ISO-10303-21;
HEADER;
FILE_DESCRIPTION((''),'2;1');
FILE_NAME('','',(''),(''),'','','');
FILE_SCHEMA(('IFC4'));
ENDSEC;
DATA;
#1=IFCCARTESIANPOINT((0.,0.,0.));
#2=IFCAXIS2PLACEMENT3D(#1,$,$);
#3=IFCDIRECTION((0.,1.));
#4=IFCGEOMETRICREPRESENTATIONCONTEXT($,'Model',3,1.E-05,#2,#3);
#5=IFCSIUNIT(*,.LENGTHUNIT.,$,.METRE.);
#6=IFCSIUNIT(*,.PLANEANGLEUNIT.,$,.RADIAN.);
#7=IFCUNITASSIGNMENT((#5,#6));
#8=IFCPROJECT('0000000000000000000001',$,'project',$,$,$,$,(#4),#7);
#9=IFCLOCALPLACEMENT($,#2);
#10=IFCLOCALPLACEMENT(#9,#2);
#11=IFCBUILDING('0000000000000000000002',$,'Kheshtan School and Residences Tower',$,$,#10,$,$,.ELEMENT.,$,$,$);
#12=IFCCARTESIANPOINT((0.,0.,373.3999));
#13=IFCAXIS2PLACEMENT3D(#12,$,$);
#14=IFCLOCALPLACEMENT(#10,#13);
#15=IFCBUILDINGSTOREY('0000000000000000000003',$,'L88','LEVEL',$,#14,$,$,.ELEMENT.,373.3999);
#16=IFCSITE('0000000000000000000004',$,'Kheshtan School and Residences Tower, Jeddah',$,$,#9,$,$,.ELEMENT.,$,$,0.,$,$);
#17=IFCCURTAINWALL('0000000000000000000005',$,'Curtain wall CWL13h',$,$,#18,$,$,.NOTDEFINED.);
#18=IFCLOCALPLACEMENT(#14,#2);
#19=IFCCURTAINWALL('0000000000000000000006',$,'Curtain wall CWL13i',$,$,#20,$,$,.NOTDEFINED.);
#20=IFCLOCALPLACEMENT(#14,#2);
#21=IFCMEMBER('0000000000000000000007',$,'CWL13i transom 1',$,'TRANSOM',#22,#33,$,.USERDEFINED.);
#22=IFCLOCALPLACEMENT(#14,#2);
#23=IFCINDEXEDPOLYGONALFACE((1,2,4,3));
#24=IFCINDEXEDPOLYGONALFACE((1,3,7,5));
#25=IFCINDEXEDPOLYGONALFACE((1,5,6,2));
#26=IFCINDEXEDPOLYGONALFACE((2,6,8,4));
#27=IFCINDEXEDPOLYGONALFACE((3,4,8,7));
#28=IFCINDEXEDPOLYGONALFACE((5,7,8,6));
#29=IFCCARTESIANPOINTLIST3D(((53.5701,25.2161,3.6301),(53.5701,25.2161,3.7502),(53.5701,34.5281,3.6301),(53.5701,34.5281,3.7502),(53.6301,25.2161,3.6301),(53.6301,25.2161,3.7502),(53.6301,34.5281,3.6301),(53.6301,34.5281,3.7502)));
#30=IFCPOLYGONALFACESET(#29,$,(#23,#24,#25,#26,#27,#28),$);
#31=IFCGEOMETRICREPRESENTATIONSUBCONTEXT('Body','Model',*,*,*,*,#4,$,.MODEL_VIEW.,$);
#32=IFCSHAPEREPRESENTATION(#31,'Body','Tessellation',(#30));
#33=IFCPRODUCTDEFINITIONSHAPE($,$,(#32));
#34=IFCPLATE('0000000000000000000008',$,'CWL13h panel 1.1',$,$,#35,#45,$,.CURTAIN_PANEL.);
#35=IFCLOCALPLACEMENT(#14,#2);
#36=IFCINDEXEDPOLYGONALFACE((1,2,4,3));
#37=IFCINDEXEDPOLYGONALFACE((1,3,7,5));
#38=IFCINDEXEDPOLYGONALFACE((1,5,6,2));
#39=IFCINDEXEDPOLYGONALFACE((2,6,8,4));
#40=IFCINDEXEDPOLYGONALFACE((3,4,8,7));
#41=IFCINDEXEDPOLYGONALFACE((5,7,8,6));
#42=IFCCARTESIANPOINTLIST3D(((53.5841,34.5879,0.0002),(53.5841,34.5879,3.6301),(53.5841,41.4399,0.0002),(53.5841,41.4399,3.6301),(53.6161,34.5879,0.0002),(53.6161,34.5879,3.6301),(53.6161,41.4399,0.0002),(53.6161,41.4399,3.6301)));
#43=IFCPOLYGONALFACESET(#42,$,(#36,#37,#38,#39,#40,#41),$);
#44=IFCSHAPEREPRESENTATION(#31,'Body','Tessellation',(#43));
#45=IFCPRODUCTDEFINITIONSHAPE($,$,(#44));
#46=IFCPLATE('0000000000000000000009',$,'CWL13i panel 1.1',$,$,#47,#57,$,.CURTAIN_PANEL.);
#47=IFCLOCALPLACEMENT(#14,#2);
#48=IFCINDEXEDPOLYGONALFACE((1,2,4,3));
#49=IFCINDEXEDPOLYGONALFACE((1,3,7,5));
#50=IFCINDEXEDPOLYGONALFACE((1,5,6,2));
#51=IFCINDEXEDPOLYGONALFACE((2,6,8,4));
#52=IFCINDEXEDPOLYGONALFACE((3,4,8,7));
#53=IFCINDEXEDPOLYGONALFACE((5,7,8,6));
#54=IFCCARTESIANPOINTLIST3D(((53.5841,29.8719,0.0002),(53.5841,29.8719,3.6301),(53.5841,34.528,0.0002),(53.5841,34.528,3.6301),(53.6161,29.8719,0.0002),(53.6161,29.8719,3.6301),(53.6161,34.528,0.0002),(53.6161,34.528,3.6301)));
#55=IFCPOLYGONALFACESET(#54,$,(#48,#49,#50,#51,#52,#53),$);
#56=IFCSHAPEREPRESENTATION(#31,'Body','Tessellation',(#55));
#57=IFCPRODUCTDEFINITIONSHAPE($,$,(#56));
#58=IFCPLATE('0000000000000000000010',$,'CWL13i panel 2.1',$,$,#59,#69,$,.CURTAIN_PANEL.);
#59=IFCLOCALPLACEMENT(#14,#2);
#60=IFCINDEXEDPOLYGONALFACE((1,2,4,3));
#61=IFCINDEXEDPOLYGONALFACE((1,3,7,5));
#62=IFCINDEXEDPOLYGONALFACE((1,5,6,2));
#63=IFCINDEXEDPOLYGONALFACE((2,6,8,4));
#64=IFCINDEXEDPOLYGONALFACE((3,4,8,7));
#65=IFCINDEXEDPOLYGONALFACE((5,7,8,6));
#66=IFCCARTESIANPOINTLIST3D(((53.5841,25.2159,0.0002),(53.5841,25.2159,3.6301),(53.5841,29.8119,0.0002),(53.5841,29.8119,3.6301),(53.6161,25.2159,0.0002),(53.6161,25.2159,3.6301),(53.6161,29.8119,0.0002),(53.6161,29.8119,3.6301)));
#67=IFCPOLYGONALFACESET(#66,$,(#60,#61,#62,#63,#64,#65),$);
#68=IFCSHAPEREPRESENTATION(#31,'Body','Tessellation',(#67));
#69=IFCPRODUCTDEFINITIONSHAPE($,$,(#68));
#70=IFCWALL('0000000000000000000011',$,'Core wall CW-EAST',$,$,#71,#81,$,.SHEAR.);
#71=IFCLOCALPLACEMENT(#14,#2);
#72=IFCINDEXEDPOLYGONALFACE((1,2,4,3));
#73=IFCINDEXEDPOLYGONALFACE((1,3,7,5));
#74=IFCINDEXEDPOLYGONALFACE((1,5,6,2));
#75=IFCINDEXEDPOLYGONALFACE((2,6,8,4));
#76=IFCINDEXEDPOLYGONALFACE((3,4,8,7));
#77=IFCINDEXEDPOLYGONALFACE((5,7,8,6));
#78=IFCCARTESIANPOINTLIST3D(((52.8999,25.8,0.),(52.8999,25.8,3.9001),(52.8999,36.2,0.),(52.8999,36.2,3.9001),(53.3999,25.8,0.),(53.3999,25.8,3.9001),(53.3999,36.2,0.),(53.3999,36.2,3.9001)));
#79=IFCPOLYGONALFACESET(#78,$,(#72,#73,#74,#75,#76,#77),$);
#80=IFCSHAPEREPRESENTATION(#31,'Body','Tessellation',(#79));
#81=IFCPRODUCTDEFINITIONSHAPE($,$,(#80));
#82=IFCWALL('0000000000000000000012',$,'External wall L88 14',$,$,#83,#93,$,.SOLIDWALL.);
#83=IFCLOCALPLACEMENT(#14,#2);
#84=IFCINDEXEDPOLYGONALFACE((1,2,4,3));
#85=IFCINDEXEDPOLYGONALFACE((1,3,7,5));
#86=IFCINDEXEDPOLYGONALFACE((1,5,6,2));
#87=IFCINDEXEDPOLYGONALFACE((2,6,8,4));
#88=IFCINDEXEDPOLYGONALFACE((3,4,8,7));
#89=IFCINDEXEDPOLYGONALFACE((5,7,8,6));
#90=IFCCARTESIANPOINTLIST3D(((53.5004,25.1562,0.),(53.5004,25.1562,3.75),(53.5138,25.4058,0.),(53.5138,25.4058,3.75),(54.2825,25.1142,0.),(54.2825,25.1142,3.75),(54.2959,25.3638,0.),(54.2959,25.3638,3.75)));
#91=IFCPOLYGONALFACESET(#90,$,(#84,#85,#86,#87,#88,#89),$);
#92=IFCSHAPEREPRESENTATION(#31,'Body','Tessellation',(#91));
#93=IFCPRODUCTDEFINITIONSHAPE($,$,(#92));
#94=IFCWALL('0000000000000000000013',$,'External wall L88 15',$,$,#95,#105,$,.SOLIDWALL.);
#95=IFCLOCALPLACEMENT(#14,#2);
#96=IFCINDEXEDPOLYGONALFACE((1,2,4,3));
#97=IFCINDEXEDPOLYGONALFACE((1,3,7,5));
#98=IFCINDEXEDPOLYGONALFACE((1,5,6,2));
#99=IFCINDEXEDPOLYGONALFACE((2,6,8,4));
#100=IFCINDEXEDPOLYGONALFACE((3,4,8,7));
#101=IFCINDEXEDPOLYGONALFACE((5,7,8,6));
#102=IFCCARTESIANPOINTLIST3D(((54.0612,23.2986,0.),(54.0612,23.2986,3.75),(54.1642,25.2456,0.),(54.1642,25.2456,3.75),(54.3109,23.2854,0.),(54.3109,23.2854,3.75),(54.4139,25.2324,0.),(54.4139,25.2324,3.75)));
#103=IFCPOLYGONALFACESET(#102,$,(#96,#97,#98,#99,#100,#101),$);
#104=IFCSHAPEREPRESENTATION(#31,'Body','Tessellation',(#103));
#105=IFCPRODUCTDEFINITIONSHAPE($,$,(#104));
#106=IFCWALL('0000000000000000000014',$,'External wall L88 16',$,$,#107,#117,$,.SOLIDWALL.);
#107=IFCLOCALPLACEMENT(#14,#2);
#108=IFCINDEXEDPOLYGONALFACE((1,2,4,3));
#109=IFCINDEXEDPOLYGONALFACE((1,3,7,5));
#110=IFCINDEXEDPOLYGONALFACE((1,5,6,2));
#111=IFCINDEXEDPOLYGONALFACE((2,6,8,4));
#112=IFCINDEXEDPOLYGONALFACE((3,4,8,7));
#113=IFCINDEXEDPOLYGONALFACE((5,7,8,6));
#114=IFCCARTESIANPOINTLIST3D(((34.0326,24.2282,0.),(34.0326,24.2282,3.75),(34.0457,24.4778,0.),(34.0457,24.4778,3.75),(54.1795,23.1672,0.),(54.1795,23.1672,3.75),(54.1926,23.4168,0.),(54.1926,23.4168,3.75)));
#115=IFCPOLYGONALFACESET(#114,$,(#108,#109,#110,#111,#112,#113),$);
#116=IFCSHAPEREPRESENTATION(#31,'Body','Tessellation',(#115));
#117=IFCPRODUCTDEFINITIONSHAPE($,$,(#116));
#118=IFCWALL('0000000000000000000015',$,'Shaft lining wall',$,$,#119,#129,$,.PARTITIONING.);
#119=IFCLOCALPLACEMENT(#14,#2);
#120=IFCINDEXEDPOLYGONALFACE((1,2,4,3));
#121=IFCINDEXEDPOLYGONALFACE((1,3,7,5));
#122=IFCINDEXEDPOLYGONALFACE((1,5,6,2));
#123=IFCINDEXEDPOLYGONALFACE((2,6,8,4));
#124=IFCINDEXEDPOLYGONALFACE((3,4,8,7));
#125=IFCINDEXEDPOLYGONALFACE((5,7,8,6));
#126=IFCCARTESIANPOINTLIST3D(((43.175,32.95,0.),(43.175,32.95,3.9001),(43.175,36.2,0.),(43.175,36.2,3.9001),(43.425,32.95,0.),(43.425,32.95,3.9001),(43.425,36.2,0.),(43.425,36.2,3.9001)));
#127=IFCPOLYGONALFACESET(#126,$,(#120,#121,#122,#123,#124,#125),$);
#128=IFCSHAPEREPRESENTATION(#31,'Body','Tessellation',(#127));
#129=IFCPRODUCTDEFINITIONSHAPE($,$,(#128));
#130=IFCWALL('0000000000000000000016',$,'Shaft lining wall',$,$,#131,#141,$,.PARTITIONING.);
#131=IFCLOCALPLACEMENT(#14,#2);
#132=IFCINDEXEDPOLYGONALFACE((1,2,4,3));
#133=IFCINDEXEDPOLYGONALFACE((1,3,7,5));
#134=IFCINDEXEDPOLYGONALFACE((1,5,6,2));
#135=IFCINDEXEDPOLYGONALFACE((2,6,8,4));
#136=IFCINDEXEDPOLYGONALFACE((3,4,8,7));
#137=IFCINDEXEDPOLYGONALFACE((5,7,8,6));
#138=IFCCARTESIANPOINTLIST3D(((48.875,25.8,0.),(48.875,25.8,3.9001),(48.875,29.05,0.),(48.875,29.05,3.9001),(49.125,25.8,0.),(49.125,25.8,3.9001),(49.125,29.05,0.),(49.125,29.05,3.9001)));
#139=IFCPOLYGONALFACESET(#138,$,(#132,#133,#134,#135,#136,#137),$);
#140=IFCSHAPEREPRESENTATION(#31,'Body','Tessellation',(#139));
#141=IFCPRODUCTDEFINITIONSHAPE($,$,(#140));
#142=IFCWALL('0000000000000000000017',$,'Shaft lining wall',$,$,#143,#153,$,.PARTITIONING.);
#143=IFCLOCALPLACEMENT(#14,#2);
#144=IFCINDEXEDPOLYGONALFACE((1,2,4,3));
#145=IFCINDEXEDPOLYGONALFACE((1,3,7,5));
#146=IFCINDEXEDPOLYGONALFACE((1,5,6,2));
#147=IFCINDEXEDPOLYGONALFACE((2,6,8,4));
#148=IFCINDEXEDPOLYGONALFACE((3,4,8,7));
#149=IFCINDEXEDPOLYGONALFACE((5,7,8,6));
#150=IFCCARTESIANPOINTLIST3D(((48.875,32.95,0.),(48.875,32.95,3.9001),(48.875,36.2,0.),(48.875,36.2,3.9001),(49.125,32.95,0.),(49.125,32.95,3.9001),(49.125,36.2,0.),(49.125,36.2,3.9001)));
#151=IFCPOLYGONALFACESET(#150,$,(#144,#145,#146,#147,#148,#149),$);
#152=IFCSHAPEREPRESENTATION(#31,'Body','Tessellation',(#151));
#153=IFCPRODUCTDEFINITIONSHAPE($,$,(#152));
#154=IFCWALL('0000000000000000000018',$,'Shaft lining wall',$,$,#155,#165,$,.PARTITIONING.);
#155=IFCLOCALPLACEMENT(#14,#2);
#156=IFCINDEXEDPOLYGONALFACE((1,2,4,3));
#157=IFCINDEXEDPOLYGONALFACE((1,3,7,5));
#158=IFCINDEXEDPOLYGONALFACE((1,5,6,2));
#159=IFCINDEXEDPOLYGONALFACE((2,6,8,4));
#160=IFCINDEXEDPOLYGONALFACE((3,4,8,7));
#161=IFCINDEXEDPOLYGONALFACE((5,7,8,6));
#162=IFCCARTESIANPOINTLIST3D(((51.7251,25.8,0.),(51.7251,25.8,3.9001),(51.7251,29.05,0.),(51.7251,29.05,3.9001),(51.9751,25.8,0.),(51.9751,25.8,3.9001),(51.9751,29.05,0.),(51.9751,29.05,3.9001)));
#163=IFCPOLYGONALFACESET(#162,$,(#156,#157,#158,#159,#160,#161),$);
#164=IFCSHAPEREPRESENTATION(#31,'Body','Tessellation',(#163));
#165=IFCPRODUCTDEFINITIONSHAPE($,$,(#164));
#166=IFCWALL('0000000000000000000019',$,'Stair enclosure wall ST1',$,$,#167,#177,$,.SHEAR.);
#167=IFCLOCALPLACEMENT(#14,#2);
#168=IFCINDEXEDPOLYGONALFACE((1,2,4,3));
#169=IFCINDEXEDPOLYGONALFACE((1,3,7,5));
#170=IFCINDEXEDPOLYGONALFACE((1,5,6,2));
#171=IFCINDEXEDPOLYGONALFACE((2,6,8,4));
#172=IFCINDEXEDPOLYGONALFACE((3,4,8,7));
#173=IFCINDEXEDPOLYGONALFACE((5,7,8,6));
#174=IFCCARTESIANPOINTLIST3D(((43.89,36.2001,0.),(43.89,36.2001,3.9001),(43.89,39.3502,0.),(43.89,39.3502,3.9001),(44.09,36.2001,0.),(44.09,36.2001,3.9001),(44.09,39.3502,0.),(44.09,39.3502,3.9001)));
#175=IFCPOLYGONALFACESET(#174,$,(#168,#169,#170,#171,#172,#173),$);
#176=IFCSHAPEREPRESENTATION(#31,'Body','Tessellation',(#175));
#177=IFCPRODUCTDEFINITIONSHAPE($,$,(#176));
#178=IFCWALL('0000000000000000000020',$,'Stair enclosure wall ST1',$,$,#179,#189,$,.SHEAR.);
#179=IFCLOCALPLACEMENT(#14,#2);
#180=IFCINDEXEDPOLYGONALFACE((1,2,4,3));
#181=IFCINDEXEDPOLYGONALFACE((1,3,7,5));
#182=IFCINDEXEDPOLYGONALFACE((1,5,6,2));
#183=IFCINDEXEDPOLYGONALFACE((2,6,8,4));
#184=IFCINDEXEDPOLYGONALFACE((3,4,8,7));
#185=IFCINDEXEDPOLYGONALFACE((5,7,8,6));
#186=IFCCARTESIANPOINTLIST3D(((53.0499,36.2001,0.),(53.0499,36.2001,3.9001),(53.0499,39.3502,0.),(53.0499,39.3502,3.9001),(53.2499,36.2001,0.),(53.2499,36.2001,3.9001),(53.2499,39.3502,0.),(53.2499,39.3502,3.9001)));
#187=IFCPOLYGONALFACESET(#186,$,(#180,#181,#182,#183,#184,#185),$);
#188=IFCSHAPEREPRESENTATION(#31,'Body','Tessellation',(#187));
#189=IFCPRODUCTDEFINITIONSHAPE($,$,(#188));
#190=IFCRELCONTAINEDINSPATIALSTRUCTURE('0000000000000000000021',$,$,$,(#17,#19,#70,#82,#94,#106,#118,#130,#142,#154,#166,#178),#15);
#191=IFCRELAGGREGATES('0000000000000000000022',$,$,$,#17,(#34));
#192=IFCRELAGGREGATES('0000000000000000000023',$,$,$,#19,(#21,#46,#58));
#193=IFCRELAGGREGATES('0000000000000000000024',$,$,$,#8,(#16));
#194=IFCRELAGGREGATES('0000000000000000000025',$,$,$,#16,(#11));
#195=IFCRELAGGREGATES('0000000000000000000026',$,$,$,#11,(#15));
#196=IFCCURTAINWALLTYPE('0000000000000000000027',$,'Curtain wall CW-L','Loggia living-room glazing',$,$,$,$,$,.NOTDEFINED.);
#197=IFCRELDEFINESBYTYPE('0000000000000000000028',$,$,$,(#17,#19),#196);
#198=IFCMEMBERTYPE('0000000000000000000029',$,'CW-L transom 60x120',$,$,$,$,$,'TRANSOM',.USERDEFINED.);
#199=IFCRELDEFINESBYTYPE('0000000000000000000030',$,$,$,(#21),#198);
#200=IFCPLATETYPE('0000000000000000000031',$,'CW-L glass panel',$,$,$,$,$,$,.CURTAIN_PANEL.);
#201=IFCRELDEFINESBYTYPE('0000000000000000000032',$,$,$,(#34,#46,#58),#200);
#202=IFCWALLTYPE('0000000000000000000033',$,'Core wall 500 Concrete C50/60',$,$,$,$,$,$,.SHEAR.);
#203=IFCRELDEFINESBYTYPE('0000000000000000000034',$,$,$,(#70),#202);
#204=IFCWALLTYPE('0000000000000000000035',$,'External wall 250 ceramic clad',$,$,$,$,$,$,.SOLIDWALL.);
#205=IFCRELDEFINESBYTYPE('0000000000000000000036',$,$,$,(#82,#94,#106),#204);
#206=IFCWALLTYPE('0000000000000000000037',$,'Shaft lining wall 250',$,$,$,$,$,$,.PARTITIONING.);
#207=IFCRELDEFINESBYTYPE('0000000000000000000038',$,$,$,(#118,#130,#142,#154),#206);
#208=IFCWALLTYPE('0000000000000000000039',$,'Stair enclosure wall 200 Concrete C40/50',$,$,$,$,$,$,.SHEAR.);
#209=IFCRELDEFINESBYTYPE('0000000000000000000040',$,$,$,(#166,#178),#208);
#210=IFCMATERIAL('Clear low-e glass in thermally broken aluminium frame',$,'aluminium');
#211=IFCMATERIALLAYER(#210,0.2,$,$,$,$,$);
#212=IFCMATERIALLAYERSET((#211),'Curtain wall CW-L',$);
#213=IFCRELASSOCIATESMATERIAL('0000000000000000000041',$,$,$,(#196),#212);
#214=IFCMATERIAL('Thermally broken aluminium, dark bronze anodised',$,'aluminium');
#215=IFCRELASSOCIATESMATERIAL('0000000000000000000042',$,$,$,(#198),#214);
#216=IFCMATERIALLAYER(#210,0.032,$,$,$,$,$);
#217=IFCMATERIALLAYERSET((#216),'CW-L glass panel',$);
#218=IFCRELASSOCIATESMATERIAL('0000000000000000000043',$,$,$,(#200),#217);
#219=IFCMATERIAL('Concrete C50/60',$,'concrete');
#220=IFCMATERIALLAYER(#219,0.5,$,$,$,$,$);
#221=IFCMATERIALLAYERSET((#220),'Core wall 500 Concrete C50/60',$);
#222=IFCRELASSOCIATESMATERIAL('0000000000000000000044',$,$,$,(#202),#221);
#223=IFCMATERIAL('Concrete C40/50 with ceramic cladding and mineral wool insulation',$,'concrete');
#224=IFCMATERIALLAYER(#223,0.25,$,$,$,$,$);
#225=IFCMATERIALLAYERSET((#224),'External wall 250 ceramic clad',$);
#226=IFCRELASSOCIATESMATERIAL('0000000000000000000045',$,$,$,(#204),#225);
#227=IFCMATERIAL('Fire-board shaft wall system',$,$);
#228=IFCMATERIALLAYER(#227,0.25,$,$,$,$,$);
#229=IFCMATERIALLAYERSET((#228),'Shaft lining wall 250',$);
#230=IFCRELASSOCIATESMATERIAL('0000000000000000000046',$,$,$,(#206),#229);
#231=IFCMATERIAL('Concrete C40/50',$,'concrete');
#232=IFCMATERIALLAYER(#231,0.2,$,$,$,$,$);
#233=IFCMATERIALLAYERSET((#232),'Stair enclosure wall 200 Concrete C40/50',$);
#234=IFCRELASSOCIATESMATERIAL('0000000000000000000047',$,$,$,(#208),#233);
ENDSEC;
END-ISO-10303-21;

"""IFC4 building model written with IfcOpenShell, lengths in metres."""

from ifc_helpers import new_model, si_unit, direction, frame, frame_2d, origin, origin_2d, place, context, subcontext, project, spatial, rectangle, extrude, material, layer, layer_set, material_profile, profile_set, type_object, element, aggregate, save


model = new_model("IFC4")

# Units and contexts
model_context = context("Model", 3, precision=1e-05, world=origin(), true_north=direction((0.0, 1.0)))
body_context = subcontext(model_context, "Body", "Model", "MODEL_VIEW")
ifc_project = project(units=[si_unit("LENGTHUNIT", "METRE"), si_unit("PLANEANGLEUNIT", "RADIAN")], contexts=[model_context])

# Site, building, storey
site_placement = place(None, origin())
site = spatial("IfcSite", under=ifc_project, at=site_placement, Name="Kheshtan School and Residences Tower, Jeddah", CompositionType="ELEMENT", RefElevation=0.0)
building_placement = place(site_placement, origin())
building = spatial("IfcBuilding", under=site, at=building_placement, Name="Kheshtan School and Residences Tower", CompositionType="ELEMENT")
storey_placement = place(building_placement, frame((0.0, 0.0, 373.3999)))
storey = spatial("IfcBuildingStorey", under=building, at=storey_placement, Name="L88", Description="LEVEL", CompositionType="ELEMENT", Elevation=373.3999)

# Curtain wall
ifc_material_1 = material(Name="Clear low-e glass in thermally broken aluminium frame", Category="aluminium")
ifc_layer_1 = layer(ifc_material_1, 0.2)
ifc_layer_set_1 = layer_set([ifc_layer_1], Name="Curtain wall CW-L")
curtain_wall_type = type_object("IfcCurtainWallType", Name="Curtain wall CW-L", Description="Loggia living-room glazing", PredefinedType="NOTDEFINED", material=ifc_layer_set_1)
curtain_wall_1_placement = place(storey_placement, origin())
curtain_wall_1 = element("IfcCurtainWall", 1, at=curtain_wall_1_placement, inside=storey, type_object=curtain_wall_type, Name="Curtain wall CWL13h", PredefinedType="NOTDEFINED")
ifc_material_2 = material(Name="Thermally broken aluminium, dark bronze anodised", Category="aluminium")

# Curtain wall, member
curtain_wall_2_placement = place(storey_placement, origin())
curtain_wall_2 = element("IfcCurtainWall", 2, at=curtain_wall_2_placement, inside=storey, type_object=curtain_wall_type, Name="Curtain wall CWL13i", PredefinedType="NOTDEFINED")
ifc_material_profile_1 = material_profile(ifc_material_2, rectangle(XDim=0.0601, YDim=0.1201, at=origin_2d()), Name="CW-L transom 60x120")
ifc_profile_set_1 = profile_set([ifc_material_profile_1], Name="Thermally broken aluminium, dark bronze anodised")
member_type_1 = type_object("IfcMemberType", Name="CW-L transom 60x120", ElementType="TRANSOM", PredefinedType="USERDEFINED", material=ifc_profile_set_1)
member_1_placement = place(storey_placement, frame((53.6001, 34.5281, 3.6902), z_axis=(0.0, -1.0, 0.0), x_axis=(1.0, 0.0, 0.0)))
member_1 = element("IfcMember", 3, at=member_1_placement, type_object=member_type_1, Name="CWL13i transom 1", ObjectType="TRANSOM", PredefinedType="USERDEFINED", context=body_context, shape_type="SweptSolid", body=[
    extrude(rectangle(XDim=0.0601, YDim=0.1201, at=origin_2d()), origin(), (0.0, 0.0, 1.0), 9.312),
])

# Plates
ifc_layer_2 = layer(ifc_material_1, 0.032)
ifc_layer_set_2 = layer_set([ifc_layer_2], Name="CW-L glass panel")
plate_type = type_object("IfcPlateType", Name="CW-L glass panel", PredefinedType="CURTAIN_PANEL", material=ifc_layer_set_2)
plate_1_placement = place(storey_placement, frame((53.6001, 38.0139, 0.0002), z_axis=(0.0, 0.0, 1.0), x_axis=(0.0, -1.0, 0.0)))
plate_1 = element("IfcPlate", 4, at=plate_1_placement, type_object=plate_type, Name="CWL13h panel 1.1", PredefinedType="CURTAIN_PANEL", context=body_context, shape_type="SweptSolid", body=[
    extrude(rectangle(XDim=6.8521, YDim=0.032, at=origin_2d()), origin(), (0.0, 0.0, 1.0), 3.6299),
])
aggregate(curtain_wall_1, [plate_1])
plate_2_placement = place(storey_placement, frame((53.6001, 32.2, 0.0002), z_axis=(0.0, 0.0, 1.0), x_axis=(0.0, -1.0, 0.0)))
plate_2 = element("IfcPlate", 5, at=plate_2_placement, type_object=plate_type, Name="CWL13i panel 1.1", PredefinedType="CURTAIN_PANEL", context=body_context, shape_type="SweptSolid", body=[
    extrude(rectangle(XDim=4.656, YDim=0.032, at=origin_2d()), origin(), (0.0, 0.0, 1.0), 3.6299),
])
plate_3_placement = place(storey_placement, frame((53.6001, 27.5139, 0.0002), z_axis=(0.0, 0.0, 1.0), x_axis=(0.0, -1.0, 0.0)))
plate_3 = element("IfcPlate", 6, at=plate_3_placement, type_object=plate_type, Name="CWL13i panel 2.1", PredefinedType="CURTAIN_PANEL", context=body_context, shape_type="SweptSolid", body=[
    extrude(rectangle(XDim=4.5959, YDim=0.032, at=origin_2d()), origin(), (0.0, 0.0, 1.0), 3.6299),
])
aggregate(curtain_wall_2, [member_1, plate_2, plate_3])

# Walls
ifc_material_3 = material(Name="Concrete C50/60", Category="concrete")
ifc_layer_3 = layer(ifc_material_3, 0.5)
ifc_layer_set_3 = layer_set([ifc_layer_3], Name="Core wall 500 Concrete C50/60")
wall_type_1 = type_object("IfcWallType", Name="Core wall 500 Concrete C50/60", PredefinedType="SHEAR", material=ifc_layer_set_3)
wall_1_placement = place(storey_placement, frame((53.1499, 25.8, 0.0), z_axis=(0.0, 0.0, 1.0), x_axis=(0.0, 1.0, 0.0)))
element("IfcWall", 7, at=wall_1_placement, inside=storey, type_object=wall_type_1, Name="Core wall CW-EAST", PredefinedType="SHEAR", context=body_context, shape_type="SweptSolid", body=[
    extrude(rectangle(XDim=10.3999, YDim=0.5, at=frame_2d((5.2, 0.0))), origin(), (0.0, 0.0, 1.0), 3.9001),
])
ifc_material_4 = material(Name="Concrete C40/50 with ceramic cladding and mineral wool insulation", Category="concrete")
ifc_layer_4 = layer(ifc_material_4, 0.25)
ifc_layer_set_4 = layer_set([ifc_layer_4], Name="External wall 250 ceramic clad")
wall_type_2 = type_object("IfcWallType", Name="External wall 250 ceramic clad", PredefinedType="SOLIDWALL", material=ifc_layer_set_4)
wall_2_placement = place(storey_placement, frame((53.5071, 25.281, 0.0), z_axis=(0.0, 0.0, 1.0), x_axis=(0.998561, -0.053622, 0.0)))
element("IfcWall", 8, at=wall_2_placement, inside=storey, type_object=wall_type_2, Name="External wall L88 14", PredefinedType="SOLIDWALL", context=body_context, shape_type="SweptSolid", body=[
    extrude(rectangle(XDim=0.7832, YDim=0.25, at=frame_2d((0.3916, 0.0))), origin(), (0.0, 0.0, 1.0), 3.75),
])
wall_3_placement = place(storey_placement, frame((54.2891, 25.239, 0.0), z_axis=(0.0, 0.0, 1.0), x_axis=(-0.052841, -0.998603, 0.0)))
element("IfcWall", 9, at=wall_3_placement, inside=storey, type_object=wall_type_2, Name="External wall L88 15", PredefinedType="SOLIDWALL", context=body_context, shape_type="SweptSolid", body=[
    extrude(rectangle(XDim=1.9497, YDim=0.25, at=frame_2d((0.9749, 0.0))), origin(), (0.0, 0.0, 1.0), 3.75),
])
wall_4_placement = place(storey_placement, frame((54.186, 23.292, 0.0), z_axis=(0.0, 0.0, 1.0), x_axis=(-0.998616, 0.052592, 0.0)))
element("IfcWall", 10, at=wall_4_placement, inside=storey, type_object=wall_type_2, Name="External wall L88 16", PredefinedType="SOLIDWALL", context=body_context, shape_type="SweptSolid", body=[
    extrude(rectangle(XDim=20.1748, YDim=0.25, at=frame_2d((10.0874, 0.0))), origin(), (0.0, 0.0, 1.0), 3.75),
])
ifc_material_5 = material(Name="Fire-board shaft wall system")
ifc_layer_5 = layer(ifc_material_5, 0.25)
ifc_layer_set_5 = layer_set([ifc_layer_5], Name="Shaft lining wall 250")
wall_type_3 = type_object("IfcWallType", Name="Shaft lining wall 250", PredefinedType="PARTITIONING", material=ifc_layer_set_5)
for number, where, z_axis, x_axis, name in (
    (11, (43.3, 32.95, 0.0), (0.0, 0.0, 1.0), (0.0, 1.0, 0.0), "Shaft lining wall"),
    (12, (49.0, 25.8, 0.0), (0.0, 0.0, 1.0), (0.0, 1.0, 0.0), "Shaft lining wall"),
    (13, (49.0, 32.95, 0.0), (0.0, 0.0, 1.0), (0.0, 1.0, 0.0), "Shaft lining wall"),
    (14, (51.8501, 25.8, 0.0), (0.0, 0.0, 1.0), (0.0, 1.0, 0.0), "Shaft lining wall"),
):
    element("IfcWall", number, at=place(storey_placement, frame(where, z_axis=z_axis, x_axis=x_axis)), inside=storey, type_object=wall_type_3, Name=name, PredefinedType="PARTITIONING", context=body_context, shape_type="SweptSolid", body=[
        extrude(rectangle(XDim=3.25, YDim=0.25, at=frame_2d((1.625, 0.0))), origin(), (0.0, 0.0, 1.0), 3.9001),
    ])
ifc_material_6 = material(Name="Concrete C40/50", Category="concrete")
ifc_layer_6 = layer(ifc_material_6, 0.2)
ifc_layer_set_6 = layer_set([ifc_layer_6], Name="Stair enclosure wall 200 Concrete C40/50")
wall_type_4 = type_object("IfcWallType", Name="Stair enclosure wall 200 Concrete C40/50", PredefinedType="SHEAR", material=ifc_layer_set_6)
for number, where, z_axis, x_axis, name in (
    (15, (43.99, 36.2, 0.0), (0.0, 0.0, 1.0), (0.0, 1.0, 0.0), "Stair enclosure wall ST1"),
    (16, (53.1499, 36.2, 0.0), (0.0, 0.0, 1.0), (0.0, 1.0, 0.0), "Stair enclosure wall ST1"),
):
    element("IfcWall", number, at=place(storey_placement, frame(where, z_axis=z_axis, x_axis=x_axis)), inside=storey, type_object=wall_type_4, Name=name, PredefinedType="SHEAR", context=body_context, shape_type="SweptSolid", body=[
        extrude(rectangle(XDim=3.1501, YDim=0.2, at=frame_2d((1.5752, 0.0))), origin(), (0.0, 0.0, 1.0), 3.9001),
    ])

save(model, "model.ifc")
